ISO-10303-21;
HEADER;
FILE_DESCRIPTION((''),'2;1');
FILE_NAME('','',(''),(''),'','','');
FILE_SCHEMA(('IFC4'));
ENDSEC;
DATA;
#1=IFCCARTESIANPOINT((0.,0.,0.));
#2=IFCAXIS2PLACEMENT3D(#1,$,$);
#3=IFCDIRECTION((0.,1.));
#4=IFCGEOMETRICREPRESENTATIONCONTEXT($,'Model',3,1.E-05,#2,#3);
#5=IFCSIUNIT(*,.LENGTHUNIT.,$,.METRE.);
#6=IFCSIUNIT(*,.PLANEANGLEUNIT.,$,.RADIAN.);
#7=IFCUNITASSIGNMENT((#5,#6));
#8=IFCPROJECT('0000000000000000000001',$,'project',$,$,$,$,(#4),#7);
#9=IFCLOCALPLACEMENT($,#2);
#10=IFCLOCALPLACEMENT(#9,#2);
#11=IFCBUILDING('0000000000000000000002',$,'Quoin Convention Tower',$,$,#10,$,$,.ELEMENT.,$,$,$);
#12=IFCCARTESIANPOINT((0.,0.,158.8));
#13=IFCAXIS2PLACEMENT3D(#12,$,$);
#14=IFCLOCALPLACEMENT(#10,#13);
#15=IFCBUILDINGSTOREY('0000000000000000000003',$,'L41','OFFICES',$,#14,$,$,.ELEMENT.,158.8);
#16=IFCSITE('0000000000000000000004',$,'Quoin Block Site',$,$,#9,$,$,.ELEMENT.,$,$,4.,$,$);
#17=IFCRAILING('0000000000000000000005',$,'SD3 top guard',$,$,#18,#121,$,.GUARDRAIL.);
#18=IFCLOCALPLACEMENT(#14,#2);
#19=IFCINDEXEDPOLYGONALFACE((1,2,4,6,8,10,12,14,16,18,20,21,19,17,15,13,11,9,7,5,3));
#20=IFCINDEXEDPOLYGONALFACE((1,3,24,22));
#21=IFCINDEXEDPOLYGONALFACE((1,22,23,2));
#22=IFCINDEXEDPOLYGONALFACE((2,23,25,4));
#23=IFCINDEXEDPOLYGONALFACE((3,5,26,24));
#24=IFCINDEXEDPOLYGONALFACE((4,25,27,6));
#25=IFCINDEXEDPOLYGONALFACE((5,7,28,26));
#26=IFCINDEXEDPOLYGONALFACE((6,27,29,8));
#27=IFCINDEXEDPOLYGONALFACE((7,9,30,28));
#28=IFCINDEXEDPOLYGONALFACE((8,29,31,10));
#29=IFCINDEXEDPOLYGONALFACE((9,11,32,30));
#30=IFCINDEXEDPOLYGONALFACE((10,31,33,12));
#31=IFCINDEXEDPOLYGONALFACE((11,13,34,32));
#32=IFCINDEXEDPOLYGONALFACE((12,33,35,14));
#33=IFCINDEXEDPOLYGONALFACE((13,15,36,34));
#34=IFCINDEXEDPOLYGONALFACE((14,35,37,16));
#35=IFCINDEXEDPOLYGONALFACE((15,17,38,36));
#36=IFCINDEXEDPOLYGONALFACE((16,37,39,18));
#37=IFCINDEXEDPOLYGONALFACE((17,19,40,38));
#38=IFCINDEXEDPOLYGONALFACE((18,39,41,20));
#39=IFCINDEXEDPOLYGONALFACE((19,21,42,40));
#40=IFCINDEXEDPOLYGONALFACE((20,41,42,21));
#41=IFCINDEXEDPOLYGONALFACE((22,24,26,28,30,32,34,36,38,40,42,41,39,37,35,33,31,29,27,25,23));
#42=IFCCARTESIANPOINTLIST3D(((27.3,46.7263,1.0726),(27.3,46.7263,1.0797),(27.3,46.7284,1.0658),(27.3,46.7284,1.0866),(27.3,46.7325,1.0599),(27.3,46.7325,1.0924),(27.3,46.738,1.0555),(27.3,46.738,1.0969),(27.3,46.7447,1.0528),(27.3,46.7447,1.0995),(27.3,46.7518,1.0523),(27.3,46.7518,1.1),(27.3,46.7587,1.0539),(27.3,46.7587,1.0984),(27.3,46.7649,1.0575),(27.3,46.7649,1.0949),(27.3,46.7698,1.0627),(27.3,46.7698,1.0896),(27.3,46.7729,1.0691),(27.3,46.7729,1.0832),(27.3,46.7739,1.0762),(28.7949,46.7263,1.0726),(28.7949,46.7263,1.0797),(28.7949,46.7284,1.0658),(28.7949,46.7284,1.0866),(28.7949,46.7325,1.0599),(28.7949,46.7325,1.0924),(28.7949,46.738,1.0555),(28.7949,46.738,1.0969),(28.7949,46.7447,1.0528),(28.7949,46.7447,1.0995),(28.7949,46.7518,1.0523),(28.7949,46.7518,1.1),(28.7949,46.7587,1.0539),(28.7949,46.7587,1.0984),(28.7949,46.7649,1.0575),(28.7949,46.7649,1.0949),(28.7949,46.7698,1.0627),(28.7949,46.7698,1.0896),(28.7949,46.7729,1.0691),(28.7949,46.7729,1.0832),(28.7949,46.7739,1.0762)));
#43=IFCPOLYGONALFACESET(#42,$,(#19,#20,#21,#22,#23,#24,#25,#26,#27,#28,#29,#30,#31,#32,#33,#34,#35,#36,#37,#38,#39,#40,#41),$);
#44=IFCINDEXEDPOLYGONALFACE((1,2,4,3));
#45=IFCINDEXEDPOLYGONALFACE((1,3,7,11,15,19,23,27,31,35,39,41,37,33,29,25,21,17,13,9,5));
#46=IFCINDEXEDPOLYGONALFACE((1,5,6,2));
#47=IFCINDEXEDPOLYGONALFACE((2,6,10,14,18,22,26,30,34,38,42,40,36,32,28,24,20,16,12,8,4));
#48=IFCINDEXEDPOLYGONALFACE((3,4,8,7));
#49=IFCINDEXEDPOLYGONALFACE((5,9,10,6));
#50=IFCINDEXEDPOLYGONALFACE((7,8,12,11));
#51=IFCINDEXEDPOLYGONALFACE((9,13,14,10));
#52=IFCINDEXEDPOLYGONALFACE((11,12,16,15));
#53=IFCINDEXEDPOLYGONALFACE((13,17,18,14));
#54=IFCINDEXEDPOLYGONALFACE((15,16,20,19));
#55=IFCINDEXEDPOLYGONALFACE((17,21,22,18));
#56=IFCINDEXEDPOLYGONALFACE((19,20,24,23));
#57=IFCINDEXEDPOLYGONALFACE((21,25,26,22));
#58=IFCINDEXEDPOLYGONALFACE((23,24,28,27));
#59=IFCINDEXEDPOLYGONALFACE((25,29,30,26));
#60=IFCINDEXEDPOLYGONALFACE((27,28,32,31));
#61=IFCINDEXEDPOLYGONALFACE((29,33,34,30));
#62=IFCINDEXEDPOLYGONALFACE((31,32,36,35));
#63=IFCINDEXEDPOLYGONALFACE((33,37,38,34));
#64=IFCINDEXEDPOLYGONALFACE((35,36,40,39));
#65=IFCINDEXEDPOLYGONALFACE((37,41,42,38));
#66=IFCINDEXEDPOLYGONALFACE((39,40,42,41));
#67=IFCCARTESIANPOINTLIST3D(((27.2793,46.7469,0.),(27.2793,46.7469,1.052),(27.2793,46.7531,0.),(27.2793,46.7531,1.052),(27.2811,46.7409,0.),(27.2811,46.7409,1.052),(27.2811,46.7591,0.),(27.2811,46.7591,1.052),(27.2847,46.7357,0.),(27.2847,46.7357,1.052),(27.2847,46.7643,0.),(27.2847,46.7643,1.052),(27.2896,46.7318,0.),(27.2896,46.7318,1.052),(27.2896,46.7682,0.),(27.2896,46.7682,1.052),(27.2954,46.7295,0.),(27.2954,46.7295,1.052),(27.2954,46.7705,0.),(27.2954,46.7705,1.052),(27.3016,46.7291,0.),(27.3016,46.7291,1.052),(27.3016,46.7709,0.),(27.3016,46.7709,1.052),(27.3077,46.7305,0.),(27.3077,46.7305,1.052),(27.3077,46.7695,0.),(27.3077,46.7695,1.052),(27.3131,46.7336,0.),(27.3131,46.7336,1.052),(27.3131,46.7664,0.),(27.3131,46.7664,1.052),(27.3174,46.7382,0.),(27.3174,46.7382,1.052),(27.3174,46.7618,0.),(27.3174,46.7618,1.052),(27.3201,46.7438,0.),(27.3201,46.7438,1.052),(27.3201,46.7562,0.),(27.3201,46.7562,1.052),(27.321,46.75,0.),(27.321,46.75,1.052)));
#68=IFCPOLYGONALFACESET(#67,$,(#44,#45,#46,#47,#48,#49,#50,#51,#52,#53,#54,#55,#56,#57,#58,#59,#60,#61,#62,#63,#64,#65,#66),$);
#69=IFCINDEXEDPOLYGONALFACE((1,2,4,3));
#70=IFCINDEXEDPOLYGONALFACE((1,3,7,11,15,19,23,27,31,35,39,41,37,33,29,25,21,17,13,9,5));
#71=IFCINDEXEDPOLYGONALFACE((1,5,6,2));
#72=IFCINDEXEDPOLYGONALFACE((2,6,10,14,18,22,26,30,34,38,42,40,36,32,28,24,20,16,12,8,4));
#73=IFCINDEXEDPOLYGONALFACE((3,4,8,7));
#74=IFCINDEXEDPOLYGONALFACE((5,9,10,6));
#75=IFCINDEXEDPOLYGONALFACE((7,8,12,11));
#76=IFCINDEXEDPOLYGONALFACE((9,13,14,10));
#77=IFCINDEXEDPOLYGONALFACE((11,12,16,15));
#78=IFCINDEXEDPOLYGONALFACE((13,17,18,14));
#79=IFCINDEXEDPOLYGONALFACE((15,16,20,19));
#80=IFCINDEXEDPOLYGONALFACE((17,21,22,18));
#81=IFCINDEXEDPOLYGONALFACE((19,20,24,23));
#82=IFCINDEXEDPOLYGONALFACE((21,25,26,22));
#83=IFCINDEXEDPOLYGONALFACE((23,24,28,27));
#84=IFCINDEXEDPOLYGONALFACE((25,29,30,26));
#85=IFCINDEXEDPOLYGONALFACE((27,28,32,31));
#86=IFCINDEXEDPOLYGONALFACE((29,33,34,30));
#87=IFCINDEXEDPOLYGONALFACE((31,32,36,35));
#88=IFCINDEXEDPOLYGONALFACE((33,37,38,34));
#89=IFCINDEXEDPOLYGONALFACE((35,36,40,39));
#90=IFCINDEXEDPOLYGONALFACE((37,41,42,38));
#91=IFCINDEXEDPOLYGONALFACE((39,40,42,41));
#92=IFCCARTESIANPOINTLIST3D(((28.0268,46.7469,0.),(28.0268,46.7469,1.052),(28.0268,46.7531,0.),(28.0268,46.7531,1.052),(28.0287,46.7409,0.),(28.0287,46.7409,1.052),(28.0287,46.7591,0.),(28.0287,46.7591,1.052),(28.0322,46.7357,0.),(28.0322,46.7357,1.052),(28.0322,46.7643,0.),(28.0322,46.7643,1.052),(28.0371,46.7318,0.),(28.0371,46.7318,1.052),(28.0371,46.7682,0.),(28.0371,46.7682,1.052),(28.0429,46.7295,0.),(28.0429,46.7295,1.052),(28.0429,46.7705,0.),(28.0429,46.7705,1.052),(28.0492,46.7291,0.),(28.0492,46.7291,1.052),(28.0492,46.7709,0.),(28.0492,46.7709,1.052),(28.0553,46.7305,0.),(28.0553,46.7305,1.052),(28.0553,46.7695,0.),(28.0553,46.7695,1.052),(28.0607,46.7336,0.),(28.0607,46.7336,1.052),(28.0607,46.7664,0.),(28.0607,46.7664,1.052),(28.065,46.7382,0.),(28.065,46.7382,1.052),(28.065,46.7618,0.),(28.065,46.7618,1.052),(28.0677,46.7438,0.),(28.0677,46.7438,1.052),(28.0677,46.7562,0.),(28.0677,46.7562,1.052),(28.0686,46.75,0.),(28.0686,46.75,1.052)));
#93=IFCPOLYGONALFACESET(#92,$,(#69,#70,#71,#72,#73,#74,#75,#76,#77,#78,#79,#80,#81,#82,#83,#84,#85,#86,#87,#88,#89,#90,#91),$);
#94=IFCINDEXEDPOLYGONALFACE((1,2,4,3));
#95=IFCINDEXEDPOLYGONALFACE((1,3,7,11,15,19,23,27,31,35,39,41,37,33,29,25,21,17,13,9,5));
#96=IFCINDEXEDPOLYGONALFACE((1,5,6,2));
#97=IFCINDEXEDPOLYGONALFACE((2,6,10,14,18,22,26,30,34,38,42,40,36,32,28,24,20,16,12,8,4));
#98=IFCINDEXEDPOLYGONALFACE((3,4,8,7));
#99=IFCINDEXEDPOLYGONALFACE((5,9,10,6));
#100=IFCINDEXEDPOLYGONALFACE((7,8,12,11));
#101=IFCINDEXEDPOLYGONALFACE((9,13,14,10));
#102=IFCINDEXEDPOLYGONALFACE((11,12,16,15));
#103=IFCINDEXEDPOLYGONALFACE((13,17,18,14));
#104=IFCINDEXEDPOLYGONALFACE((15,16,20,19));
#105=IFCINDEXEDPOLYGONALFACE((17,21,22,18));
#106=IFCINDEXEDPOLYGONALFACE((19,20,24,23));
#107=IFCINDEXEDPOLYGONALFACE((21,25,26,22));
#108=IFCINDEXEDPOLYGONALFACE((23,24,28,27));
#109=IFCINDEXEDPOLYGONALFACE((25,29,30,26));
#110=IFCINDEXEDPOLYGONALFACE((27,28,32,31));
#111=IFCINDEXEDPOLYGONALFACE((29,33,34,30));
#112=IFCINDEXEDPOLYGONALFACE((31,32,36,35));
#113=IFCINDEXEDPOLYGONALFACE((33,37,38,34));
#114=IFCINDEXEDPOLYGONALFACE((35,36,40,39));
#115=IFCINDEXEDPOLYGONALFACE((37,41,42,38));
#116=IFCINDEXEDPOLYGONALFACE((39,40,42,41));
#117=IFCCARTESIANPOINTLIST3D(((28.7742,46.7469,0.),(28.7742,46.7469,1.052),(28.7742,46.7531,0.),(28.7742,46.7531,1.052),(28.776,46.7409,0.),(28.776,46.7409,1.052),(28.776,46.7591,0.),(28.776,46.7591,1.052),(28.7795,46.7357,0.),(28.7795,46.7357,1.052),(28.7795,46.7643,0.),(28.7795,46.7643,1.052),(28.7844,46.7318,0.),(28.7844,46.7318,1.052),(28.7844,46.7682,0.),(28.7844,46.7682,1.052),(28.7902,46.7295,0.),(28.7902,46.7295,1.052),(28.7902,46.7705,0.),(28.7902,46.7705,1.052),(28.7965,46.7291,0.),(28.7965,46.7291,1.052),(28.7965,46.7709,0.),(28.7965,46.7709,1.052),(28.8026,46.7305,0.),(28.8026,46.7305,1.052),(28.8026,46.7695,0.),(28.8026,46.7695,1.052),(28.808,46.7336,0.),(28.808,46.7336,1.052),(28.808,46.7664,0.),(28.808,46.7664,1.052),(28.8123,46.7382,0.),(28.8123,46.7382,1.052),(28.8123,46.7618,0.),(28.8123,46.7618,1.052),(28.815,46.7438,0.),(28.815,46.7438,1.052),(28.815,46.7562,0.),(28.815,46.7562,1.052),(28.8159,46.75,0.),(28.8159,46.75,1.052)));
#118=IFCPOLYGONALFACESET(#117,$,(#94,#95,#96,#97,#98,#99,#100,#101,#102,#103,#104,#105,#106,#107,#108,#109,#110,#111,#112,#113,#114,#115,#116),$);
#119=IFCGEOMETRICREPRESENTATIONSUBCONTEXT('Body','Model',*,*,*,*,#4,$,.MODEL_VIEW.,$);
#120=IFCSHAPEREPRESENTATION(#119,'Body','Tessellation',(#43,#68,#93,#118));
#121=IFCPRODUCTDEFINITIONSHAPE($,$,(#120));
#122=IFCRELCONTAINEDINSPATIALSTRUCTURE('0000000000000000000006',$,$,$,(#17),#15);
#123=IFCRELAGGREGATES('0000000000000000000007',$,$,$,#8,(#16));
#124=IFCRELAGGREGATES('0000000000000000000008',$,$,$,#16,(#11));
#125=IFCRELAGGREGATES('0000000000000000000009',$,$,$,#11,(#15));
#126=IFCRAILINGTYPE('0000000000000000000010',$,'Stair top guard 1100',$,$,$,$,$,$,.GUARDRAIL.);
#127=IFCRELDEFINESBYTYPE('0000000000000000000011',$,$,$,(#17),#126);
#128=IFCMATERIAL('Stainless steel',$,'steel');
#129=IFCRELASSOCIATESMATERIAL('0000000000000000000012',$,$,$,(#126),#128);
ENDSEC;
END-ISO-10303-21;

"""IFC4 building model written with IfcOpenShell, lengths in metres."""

from ifc_helpers import new_model, si_unit, direction, frame, origin, origin_2d, place, context, subcontext, project, spatial, circle, extrude, material, type_object, element, save


model = new_model("IFC4")

# Units and contexts
model_context = context("Model", 3, precision=1e-05, world=origin(), true_north=direction((0.0, 1.0)))
body_context = subcontext(model_context, "Body", "Model", "MODEL_VIEW")
ifc_project = project(units=[si_unit("LENGTHUNIT", "METRE"), si_unit("PLANEANGLEUNIT", "RADIAN")], contexts=[model_context])

# Site, building, storey
site_placement = place(None, origin())
site = spatial("IfcSite", under=ifc_project, at=site_placement, Name="Quoin Block Site", CompositionType="ELEMENT", RefElevation=4.0)
building_placement = place(site_placement, origin())
building = spatial("IfcBuilding", under=site, at=building_placement, Name="Quoin Convention Tower", CompositionType="ELEMENT")
storey_placement = place(building_placement, frame((0.0, 0.0, 158.8)))
storey = spatial("IfcBuildingStorey", under=building, at=storey_placement, Name="L41", Description="OFFICES", CompositionType="ELEMENT", Elevation=158.8)

# Railing
ifc_material_1 = material(Name="Stainless steel", Category="steel")
railing_type_1 = type_object("IfcRailingType", Name="Stair top guard 1100", PredefinedType="GUARDRAIL", material=ifc_material_1)
railing_1_placement = place(storey_placement, frame((27.3, 46.75, 0.0)))
element("IfcRailing", 1, at=railing_1_placement, inside=storey, type_object=railing_type_1, Name="SD3 top guard", PredefinedType="GUARDRAIL", context=body_context, shape_type="SweptSolid", body=[
    extrude(circle(Radius=0.0239, at=origin_2d()), frame((0.0, 0.0, 1.0762), z_axis=(1.0, 0.0, 0.0), x_axis=(0.0, 1.0, 0.0)), (0.0, 0.0, 1.0), 1.4949),
    extrude(circle(Radius=0.021, at=origin_2d()), origin(), (0.0, 0.0, 1.0), 1.052),
    extrude(circle(Radius=0.021, at=origin_2d()), frame((0.7476, 0.0, 0.0)), (0.0, 0.0, 1.0), 1.052),
    extrude(circle(Radius=0.021, at=origin_2d()), frame((1.4949, 0.0, 0.0)), (0.0, 0.0, 1.0), 1.052),
])

save(model, "model.ifc")
